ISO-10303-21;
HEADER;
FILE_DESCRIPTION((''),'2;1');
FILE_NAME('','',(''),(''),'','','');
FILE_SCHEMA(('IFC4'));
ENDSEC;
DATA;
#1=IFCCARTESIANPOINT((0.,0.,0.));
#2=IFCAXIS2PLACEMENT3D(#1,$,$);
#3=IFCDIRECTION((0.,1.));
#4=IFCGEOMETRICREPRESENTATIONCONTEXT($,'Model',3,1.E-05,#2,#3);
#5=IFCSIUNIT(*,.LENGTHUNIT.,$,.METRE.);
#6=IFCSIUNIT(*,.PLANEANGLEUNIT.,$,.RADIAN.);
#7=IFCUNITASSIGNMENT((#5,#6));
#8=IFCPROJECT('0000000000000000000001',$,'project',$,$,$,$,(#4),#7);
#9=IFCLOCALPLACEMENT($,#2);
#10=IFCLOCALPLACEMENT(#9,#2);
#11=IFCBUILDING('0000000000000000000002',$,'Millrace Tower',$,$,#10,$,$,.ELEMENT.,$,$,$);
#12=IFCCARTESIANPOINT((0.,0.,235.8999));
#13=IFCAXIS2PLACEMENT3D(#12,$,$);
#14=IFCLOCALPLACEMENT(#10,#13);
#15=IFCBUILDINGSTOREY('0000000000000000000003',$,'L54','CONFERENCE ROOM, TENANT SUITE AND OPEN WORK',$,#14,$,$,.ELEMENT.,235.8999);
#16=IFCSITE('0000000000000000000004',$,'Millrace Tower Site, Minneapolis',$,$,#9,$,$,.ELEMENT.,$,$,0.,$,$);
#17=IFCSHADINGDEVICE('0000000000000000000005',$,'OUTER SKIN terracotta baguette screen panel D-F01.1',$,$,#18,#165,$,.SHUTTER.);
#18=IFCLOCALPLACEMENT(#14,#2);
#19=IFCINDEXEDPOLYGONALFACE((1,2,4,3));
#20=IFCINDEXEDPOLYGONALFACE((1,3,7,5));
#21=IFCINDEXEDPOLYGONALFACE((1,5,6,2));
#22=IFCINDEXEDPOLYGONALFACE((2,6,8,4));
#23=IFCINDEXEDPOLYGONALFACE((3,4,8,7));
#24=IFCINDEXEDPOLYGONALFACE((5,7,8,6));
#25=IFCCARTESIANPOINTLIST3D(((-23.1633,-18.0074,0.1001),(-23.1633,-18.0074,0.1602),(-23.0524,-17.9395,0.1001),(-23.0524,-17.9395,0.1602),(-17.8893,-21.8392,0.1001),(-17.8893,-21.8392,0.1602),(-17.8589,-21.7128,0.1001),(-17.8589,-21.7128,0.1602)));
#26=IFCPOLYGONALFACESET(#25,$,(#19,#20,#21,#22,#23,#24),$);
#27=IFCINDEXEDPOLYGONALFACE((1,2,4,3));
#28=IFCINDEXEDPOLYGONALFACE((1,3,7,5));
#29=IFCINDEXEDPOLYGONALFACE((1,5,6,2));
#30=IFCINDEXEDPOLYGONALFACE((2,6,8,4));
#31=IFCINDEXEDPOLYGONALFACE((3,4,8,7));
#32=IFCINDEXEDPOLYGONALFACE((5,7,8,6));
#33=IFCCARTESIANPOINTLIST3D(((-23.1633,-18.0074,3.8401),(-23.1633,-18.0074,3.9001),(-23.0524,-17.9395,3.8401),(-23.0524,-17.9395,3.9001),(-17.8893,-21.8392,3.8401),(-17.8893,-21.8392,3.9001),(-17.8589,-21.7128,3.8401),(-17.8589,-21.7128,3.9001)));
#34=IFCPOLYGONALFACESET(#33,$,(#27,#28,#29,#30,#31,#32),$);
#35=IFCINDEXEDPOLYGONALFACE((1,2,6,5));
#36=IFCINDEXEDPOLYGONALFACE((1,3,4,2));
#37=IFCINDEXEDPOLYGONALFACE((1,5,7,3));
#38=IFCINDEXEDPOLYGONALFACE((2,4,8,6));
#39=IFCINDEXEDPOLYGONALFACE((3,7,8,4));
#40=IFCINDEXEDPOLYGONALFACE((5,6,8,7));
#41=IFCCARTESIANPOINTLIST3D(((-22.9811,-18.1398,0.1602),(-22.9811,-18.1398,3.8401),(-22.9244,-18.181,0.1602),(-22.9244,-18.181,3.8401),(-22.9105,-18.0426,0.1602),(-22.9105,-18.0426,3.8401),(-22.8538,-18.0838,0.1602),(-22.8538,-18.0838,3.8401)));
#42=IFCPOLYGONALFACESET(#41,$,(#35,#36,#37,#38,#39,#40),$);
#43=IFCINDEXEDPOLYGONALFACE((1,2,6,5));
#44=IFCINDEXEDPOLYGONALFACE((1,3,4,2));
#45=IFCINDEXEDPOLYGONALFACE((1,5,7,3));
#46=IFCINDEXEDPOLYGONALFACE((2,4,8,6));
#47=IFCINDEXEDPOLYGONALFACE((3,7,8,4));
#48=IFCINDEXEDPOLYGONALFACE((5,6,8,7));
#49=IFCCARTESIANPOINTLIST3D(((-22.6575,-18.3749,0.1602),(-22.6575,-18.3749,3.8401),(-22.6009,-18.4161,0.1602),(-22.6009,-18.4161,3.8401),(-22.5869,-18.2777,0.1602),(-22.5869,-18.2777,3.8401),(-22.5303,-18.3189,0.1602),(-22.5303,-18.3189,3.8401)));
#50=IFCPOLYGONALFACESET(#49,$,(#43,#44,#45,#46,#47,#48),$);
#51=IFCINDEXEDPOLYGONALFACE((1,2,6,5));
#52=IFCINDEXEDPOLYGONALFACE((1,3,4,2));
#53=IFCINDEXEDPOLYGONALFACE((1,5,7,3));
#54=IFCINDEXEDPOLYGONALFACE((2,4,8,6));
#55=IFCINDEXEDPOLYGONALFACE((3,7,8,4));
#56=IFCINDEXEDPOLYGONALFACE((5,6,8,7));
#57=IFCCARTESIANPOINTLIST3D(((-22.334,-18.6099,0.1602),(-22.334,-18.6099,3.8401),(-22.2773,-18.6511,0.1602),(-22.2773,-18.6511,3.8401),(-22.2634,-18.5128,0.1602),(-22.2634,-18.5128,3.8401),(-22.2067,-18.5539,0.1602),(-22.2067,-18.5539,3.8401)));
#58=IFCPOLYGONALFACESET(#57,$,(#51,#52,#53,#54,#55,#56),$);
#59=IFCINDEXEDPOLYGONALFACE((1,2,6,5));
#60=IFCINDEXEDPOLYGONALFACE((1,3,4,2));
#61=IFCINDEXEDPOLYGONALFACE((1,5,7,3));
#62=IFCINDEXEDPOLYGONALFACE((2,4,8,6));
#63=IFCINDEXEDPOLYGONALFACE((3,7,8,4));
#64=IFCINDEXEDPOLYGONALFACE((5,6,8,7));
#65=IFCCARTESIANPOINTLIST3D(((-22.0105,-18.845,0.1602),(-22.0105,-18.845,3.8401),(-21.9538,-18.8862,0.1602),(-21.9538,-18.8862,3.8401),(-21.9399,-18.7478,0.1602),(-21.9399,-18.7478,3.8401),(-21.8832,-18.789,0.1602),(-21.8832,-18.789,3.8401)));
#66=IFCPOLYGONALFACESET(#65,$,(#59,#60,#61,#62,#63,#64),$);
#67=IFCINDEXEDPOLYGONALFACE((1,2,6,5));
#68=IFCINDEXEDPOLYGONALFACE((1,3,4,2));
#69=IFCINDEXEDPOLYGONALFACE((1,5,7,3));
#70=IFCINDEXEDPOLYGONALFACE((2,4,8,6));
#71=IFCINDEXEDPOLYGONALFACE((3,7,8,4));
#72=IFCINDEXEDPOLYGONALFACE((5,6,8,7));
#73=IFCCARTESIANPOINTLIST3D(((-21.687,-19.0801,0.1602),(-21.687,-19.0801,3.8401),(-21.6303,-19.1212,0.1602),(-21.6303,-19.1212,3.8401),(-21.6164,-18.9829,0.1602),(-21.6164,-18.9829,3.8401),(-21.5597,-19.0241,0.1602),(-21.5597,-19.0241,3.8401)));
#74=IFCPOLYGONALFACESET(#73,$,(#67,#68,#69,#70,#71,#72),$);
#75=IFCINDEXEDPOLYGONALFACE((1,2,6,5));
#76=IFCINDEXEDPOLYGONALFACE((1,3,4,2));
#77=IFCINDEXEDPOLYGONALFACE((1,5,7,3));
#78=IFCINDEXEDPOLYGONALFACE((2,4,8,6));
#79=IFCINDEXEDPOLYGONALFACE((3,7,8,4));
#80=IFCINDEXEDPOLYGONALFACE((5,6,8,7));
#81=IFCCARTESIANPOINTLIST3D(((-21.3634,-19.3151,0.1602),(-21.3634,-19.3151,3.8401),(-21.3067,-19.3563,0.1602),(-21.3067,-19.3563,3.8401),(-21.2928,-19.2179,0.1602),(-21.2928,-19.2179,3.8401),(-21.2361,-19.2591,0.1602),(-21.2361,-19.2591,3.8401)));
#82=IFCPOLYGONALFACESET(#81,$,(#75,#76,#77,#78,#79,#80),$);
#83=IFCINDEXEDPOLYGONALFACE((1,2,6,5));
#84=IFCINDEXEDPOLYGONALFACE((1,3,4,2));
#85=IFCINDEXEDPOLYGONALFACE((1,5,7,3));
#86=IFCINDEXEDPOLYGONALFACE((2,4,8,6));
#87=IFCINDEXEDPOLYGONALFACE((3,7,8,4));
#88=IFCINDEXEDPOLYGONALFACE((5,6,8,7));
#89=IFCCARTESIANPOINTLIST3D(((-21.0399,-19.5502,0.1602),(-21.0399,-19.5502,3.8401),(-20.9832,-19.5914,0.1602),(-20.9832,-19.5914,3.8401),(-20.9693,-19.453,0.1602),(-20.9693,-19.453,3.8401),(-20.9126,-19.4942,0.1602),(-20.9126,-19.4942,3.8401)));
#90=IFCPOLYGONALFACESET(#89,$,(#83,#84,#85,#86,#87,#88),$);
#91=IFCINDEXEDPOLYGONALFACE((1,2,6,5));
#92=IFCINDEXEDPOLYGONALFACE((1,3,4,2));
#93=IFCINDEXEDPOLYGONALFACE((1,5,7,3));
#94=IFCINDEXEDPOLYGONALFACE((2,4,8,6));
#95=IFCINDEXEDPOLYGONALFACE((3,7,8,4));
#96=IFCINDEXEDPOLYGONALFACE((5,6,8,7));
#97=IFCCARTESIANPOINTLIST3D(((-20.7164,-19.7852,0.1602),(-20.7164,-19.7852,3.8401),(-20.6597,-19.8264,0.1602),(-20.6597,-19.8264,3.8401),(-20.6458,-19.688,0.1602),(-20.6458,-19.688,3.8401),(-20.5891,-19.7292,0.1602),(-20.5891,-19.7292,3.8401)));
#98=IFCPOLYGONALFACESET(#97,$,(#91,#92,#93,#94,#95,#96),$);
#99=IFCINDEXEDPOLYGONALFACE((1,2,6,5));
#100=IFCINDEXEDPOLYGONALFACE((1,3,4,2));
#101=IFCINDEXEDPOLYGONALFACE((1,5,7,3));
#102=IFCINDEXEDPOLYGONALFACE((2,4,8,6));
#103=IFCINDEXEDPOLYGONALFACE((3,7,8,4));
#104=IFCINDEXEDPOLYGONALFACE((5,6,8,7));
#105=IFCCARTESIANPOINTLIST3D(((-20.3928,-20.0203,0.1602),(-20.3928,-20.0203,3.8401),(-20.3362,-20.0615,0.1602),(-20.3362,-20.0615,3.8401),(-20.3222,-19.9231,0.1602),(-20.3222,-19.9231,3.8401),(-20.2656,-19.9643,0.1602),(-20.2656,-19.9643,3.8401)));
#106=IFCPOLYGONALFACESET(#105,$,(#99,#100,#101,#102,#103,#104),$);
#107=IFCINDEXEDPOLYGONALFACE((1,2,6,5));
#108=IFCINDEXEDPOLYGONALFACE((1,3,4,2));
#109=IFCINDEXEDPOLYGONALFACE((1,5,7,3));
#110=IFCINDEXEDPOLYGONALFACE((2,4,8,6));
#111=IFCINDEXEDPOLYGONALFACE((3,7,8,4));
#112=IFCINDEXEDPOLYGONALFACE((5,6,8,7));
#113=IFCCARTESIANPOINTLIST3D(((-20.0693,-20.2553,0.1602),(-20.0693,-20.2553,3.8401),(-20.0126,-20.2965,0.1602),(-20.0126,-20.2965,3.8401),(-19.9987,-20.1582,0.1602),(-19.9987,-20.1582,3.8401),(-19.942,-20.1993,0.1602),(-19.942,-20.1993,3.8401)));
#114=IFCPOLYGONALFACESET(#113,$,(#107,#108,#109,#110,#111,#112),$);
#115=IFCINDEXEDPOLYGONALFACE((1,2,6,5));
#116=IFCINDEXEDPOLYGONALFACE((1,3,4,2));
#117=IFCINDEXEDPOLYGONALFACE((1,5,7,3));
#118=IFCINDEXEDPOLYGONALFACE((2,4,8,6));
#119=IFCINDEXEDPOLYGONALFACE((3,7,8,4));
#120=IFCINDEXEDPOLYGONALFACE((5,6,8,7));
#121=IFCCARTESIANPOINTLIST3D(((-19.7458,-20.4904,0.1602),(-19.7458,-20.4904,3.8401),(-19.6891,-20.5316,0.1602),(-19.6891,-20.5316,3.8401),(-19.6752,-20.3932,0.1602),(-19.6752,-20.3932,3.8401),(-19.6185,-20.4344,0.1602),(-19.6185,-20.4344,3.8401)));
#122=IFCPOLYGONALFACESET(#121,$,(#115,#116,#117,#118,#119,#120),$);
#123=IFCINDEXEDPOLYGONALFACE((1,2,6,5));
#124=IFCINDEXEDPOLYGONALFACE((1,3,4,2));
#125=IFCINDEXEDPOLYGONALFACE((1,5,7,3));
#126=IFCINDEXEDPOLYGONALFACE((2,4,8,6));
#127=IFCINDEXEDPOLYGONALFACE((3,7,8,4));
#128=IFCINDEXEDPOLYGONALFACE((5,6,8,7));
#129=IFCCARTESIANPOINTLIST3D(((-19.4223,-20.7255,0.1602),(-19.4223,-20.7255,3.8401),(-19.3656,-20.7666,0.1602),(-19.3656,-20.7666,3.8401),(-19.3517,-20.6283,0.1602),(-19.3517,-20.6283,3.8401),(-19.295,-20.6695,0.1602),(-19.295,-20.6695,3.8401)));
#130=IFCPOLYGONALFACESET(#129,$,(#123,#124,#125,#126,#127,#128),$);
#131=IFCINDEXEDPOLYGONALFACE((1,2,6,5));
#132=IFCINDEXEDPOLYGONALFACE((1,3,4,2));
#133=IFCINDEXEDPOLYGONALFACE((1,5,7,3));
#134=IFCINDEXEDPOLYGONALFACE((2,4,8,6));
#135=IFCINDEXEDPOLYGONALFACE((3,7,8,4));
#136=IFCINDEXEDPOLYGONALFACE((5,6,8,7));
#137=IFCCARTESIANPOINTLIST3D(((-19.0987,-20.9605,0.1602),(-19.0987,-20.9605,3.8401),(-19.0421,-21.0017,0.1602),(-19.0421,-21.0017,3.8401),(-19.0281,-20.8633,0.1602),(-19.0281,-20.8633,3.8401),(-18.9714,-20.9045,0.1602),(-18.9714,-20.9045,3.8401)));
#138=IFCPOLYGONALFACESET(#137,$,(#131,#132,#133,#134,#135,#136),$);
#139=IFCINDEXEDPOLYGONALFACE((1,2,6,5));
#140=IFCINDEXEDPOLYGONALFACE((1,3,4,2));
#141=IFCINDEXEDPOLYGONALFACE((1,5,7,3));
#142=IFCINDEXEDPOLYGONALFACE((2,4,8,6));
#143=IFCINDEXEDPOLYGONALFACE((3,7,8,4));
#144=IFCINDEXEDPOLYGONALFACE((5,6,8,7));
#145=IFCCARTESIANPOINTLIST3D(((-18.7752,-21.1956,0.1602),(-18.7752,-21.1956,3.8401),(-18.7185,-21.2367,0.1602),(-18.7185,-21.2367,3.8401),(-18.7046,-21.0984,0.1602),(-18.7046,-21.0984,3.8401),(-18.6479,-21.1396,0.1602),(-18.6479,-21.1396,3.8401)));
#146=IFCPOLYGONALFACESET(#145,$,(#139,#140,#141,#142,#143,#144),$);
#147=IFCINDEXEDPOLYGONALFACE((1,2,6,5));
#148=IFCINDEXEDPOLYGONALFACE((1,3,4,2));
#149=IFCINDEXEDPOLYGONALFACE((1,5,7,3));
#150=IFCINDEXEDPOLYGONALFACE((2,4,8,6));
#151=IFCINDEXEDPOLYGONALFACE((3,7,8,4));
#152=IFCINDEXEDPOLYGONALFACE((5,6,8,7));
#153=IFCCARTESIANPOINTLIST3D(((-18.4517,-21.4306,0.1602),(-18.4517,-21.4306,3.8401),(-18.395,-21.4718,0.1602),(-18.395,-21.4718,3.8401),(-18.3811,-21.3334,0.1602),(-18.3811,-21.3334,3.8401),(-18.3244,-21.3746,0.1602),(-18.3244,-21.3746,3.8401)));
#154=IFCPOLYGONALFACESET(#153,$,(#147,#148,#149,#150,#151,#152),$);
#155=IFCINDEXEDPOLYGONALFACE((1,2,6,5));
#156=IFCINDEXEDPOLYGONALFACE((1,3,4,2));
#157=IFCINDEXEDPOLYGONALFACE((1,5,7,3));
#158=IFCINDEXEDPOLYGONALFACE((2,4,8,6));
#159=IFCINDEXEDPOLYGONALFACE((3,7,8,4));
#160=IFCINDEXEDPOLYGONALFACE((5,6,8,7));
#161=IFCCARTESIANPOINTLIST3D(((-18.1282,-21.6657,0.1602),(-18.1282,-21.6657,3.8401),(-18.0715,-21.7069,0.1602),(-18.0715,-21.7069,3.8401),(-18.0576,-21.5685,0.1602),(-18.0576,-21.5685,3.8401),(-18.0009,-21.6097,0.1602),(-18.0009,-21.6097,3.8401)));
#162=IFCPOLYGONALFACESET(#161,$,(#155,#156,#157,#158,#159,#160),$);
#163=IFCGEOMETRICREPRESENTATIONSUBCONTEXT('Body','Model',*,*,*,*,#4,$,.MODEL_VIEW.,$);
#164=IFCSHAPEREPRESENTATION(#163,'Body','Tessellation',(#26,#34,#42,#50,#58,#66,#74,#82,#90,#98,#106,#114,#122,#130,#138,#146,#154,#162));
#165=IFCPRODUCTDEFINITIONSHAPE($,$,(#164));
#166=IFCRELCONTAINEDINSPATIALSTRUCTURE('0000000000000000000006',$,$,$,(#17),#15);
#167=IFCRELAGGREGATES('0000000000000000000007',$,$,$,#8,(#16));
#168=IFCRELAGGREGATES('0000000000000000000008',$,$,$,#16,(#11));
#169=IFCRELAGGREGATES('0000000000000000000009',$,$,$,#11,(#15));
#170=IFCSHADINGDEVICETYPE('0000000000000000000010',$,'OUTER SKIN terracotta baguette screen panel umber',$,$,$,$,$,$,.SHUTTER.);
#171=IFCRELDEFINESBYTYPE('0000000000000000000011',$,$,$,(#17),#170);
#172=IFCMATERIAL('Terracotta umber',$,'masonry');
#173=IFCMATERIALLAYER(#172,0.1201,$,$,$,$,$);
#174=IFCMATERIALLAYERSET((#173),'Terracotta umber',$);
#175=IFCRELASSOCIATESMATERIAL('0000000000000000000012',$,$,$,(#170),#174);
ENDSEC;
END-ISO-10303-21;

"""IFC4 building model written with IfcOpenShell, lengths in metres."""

from ifc_helpers import new_model, entity, si_unit, direction, frame, frame_2d, origin, place, context, subcontext, project, spatial, rectangle, extrude, source, transform, mapped, material, layer, layer_set, type_object, element, save


model = new_model("IFC4")

# Units and contexts
model_context = context("Model", 3, precision=1e-05, world=origin(), true_north=direction((0.0, 1.0)))
body_context = subcontext(model_context, "Body", "Model", "MODEL_VIEW")
ifc_project = project(units=[si_unit("LENGTHUNIT", "METRE"), si_unit("PLANEANGLEUNIT", "RADIAN")], contexts=[model_context])

# Site, building, storey
site_placement = place(None, origin())
site = spatial("IfcSite", under=ifc_project, at=site_placement, Name="Millrace Tower Site, Minneapolis", CompositionType="ELEMENT", RefElevation=0.0)
building_placement = place(site_placement, origin())
building = spatial("IfcBuilding", under=site, at=building_placement, Name="Millrace Tower", CompositionType="ELEMENT")
storey_placement = place(building_placement, frame((0.0, 0.0, 235.8999)))
storey = spatial("IfcBuildingStorey", under=building, at=storey_placement, Name="L54", Description="CONFERENCE ROOM, TENANT SUITE AND OPEN WORK", CompositionType="ELEMENT", Elevation=235.8999)

# Shading device
ifc_material_1 = material(Name="Terracotta umber", Category="masonry")
ifc_layer_1 = layer(ifc_material_1, 0.1201)
ifc_layer_set_1 = layer_set([ifc_layer_1], Name="Terracotta umber")
shading_device_type = type_object("IfcShadingDeviceType", Name="OUTER SKIN terracotta baguette screen panel umber", PredefinedType="SHUTTER", material=ifc_layer_set_1)
cartesian_point_1 = entity("IfcCartesianPoint", [-3.2097, 0.0601])
shared_polyline_1 = entity("IfcPolyline", [cartesian_point_1, entity("IfcCartesianPoint", [3.2097, 0.0601]), entity("IfcCartesianPoint", [3.2595, -0.0601]), entity("IfcCartesianPoint", [-3.2595, -0.0601]), cartesian_point_1])
shared_shape_1 = source(origin(), body_context, "Body", "SweptSolid", [
    entity("IfcExtrudedAreaSolid", entity("IfcArbitraryClosedProfileDef", "AREA", None, shared_polyline_1), entity("IfcAxis2Placement3D", entity("IfcCartesianPoint", [0.0, 0.0, 0.0])), entity("IfcDirection", [0.0, 0.0, 1.0]), 0.0601),
    entity("IfcExtrudedAreaSolid", entity("IfcArbitraryClosedProfileDef", "AREA", None, shared_polyline_1), entity("IfcAxis2Placement3D", entity("IfcCartesianPoint", [0.0, 0.0, 3.74])), entity("IfcDirection", [0.0, 0.0, 1.0]), 0.0601),
    extrude(rectangle(XDim=0.0701, YDim=0.1201, at=frame_2d((-2.9993, 0.0))), frame((0.0, 0.0, 0.0601)), (0.0, 0.0, 1.0), 3.6799),
    extrude(rectangle(XDim=0.0701, YDim=0.1201, at=frame_2d((-2.5994, 0.0))), frame((0.0, 0.0, 0.0601)), (0.0, 0.0, 1.0), 3.6799),
    extrude(rectangle(XDim=0.0701, YDim=0.1201, at=frame_2d((-2.1995, 0.0))), frame((0.0, 0.0, 0.0601)), (0.0, 0.0, 1.0), 3.6799),
    extrude(rectangle(XDim=0.0701, YDim=0.1201, at=frame_2d((-1.7996, 0.0))), frame((0.0, 0.0, 0.0601)), (0.0, 0.0, 1.0), 3.6799),
    extrude(rectangle(XDim=0.0701, YDim=0.1201, at=frame_2d((-1.3997, 0.0))), frame((0.0, 0.0, 0.0601)), (0.0, 0.0, 1.0), 3.6799),
    extrude(rectangle(XDim=0.0701, YDim=0.1201, at=frame_2d((-0.9998, 0.0))), frame((0.0, 0.0, 0.0601)), (0.0, 0.0, 1.0), 3.6799),
    extrude(rectangle(XDim=0.0701, YDim=0.1201, at=frame_2d((-0.5999, 0.0))), frame((0.0, 0.0, 0.0601)), (0.0, 0.0, 1.0), 3.6799),
    extrude(rectangle(XDim=0.0701, YDim=0.1201, at=frame_2d((-0.2, 0.0))), frame((0.0, 0.0, 0.0601)), (0.0, 0.0, 1.0), 3.6799),
    extrude(rectangle(XDim=0.0701, YDim=0.1201, at=frame_2d((0.2, 0.0))), frame((0.0, 0.0, 0.0601)), (0.0, 0.0, 1.0), 3.6799),
    extrude(rectangle(XDim=0.0701, YDim=0.1201, at=frame_2d((0.5999, 0.0))), frame((0.0, 0.0, 0.0601)), (0.0, 0.0, 1.0), 3.6799),
    extrude(rectangle(XDim=0.0701, YDim=0.1201, at=frame_2d((0.9998, 0.0))), frame((0.0, 0.0, 0.0601)), (0.0, 0.0, 1.0), 3.6799),
    extrude(rectangle(XDim=0.0701, YDim=0.1201, at=frame_2d((1.3997, 0.0))), frame((0.0, 0.0, 0.0601)), (0.0, 0.0, 1.0), 3.6799),
    extrude(rectangle(XDim=0.0701, YDim=0.1201, at=frame_2d((1.7996, 0.0))), frame((0.0, 0.0, 0.0601)), (0.0, 0.0, 1.0), 3.6799),
    extrude(rectangle(XDim=0.0701, YDim=0.1201, at=frame_2d((2.1995, 0.0))), frame((0.0, 0.0, 0.0601)), (0.0, 0.0, 1.0), 3.6799),
    extrude(rectangle(XDim=0.0701, YDim=0.1201, at=frame_2d((2.5994, 0.0))), frame((0.0, 0.0, 0.0601)), (0.0, 0.0, 1.0), 3.6799),
    extrude(rectangle(XDim=0.0701, YDim=0.1201, at=frame_2d((2.9993, 0.0))), frame((0.0, 0.0, 0.0601)), (0.0, 0.0, 1.0), 3.6799),
])
shading_device_1_placement = place(storey_placement, frame((-20.491, -19.8748, 0.1001), z_axis=(0.0, 0.0, 1.0), x_axis=(0.809017, -0.587785, 0.0)))
element("IfcShadingDevice", 1, at=shading_device_1_placement, inside=storey, type_object=shading_device_type, Name="OUTER SKIN terracotta baguette screen panel D-F01.1", PredefinedType="SHUTTER", context=body_context, shape_type="MappedRepresentation", body=[
    mapped(shared_shape_1, transform((0.0, 0.0, 0.0), scale=1.0)),
])

save(model, "model.ifc")
